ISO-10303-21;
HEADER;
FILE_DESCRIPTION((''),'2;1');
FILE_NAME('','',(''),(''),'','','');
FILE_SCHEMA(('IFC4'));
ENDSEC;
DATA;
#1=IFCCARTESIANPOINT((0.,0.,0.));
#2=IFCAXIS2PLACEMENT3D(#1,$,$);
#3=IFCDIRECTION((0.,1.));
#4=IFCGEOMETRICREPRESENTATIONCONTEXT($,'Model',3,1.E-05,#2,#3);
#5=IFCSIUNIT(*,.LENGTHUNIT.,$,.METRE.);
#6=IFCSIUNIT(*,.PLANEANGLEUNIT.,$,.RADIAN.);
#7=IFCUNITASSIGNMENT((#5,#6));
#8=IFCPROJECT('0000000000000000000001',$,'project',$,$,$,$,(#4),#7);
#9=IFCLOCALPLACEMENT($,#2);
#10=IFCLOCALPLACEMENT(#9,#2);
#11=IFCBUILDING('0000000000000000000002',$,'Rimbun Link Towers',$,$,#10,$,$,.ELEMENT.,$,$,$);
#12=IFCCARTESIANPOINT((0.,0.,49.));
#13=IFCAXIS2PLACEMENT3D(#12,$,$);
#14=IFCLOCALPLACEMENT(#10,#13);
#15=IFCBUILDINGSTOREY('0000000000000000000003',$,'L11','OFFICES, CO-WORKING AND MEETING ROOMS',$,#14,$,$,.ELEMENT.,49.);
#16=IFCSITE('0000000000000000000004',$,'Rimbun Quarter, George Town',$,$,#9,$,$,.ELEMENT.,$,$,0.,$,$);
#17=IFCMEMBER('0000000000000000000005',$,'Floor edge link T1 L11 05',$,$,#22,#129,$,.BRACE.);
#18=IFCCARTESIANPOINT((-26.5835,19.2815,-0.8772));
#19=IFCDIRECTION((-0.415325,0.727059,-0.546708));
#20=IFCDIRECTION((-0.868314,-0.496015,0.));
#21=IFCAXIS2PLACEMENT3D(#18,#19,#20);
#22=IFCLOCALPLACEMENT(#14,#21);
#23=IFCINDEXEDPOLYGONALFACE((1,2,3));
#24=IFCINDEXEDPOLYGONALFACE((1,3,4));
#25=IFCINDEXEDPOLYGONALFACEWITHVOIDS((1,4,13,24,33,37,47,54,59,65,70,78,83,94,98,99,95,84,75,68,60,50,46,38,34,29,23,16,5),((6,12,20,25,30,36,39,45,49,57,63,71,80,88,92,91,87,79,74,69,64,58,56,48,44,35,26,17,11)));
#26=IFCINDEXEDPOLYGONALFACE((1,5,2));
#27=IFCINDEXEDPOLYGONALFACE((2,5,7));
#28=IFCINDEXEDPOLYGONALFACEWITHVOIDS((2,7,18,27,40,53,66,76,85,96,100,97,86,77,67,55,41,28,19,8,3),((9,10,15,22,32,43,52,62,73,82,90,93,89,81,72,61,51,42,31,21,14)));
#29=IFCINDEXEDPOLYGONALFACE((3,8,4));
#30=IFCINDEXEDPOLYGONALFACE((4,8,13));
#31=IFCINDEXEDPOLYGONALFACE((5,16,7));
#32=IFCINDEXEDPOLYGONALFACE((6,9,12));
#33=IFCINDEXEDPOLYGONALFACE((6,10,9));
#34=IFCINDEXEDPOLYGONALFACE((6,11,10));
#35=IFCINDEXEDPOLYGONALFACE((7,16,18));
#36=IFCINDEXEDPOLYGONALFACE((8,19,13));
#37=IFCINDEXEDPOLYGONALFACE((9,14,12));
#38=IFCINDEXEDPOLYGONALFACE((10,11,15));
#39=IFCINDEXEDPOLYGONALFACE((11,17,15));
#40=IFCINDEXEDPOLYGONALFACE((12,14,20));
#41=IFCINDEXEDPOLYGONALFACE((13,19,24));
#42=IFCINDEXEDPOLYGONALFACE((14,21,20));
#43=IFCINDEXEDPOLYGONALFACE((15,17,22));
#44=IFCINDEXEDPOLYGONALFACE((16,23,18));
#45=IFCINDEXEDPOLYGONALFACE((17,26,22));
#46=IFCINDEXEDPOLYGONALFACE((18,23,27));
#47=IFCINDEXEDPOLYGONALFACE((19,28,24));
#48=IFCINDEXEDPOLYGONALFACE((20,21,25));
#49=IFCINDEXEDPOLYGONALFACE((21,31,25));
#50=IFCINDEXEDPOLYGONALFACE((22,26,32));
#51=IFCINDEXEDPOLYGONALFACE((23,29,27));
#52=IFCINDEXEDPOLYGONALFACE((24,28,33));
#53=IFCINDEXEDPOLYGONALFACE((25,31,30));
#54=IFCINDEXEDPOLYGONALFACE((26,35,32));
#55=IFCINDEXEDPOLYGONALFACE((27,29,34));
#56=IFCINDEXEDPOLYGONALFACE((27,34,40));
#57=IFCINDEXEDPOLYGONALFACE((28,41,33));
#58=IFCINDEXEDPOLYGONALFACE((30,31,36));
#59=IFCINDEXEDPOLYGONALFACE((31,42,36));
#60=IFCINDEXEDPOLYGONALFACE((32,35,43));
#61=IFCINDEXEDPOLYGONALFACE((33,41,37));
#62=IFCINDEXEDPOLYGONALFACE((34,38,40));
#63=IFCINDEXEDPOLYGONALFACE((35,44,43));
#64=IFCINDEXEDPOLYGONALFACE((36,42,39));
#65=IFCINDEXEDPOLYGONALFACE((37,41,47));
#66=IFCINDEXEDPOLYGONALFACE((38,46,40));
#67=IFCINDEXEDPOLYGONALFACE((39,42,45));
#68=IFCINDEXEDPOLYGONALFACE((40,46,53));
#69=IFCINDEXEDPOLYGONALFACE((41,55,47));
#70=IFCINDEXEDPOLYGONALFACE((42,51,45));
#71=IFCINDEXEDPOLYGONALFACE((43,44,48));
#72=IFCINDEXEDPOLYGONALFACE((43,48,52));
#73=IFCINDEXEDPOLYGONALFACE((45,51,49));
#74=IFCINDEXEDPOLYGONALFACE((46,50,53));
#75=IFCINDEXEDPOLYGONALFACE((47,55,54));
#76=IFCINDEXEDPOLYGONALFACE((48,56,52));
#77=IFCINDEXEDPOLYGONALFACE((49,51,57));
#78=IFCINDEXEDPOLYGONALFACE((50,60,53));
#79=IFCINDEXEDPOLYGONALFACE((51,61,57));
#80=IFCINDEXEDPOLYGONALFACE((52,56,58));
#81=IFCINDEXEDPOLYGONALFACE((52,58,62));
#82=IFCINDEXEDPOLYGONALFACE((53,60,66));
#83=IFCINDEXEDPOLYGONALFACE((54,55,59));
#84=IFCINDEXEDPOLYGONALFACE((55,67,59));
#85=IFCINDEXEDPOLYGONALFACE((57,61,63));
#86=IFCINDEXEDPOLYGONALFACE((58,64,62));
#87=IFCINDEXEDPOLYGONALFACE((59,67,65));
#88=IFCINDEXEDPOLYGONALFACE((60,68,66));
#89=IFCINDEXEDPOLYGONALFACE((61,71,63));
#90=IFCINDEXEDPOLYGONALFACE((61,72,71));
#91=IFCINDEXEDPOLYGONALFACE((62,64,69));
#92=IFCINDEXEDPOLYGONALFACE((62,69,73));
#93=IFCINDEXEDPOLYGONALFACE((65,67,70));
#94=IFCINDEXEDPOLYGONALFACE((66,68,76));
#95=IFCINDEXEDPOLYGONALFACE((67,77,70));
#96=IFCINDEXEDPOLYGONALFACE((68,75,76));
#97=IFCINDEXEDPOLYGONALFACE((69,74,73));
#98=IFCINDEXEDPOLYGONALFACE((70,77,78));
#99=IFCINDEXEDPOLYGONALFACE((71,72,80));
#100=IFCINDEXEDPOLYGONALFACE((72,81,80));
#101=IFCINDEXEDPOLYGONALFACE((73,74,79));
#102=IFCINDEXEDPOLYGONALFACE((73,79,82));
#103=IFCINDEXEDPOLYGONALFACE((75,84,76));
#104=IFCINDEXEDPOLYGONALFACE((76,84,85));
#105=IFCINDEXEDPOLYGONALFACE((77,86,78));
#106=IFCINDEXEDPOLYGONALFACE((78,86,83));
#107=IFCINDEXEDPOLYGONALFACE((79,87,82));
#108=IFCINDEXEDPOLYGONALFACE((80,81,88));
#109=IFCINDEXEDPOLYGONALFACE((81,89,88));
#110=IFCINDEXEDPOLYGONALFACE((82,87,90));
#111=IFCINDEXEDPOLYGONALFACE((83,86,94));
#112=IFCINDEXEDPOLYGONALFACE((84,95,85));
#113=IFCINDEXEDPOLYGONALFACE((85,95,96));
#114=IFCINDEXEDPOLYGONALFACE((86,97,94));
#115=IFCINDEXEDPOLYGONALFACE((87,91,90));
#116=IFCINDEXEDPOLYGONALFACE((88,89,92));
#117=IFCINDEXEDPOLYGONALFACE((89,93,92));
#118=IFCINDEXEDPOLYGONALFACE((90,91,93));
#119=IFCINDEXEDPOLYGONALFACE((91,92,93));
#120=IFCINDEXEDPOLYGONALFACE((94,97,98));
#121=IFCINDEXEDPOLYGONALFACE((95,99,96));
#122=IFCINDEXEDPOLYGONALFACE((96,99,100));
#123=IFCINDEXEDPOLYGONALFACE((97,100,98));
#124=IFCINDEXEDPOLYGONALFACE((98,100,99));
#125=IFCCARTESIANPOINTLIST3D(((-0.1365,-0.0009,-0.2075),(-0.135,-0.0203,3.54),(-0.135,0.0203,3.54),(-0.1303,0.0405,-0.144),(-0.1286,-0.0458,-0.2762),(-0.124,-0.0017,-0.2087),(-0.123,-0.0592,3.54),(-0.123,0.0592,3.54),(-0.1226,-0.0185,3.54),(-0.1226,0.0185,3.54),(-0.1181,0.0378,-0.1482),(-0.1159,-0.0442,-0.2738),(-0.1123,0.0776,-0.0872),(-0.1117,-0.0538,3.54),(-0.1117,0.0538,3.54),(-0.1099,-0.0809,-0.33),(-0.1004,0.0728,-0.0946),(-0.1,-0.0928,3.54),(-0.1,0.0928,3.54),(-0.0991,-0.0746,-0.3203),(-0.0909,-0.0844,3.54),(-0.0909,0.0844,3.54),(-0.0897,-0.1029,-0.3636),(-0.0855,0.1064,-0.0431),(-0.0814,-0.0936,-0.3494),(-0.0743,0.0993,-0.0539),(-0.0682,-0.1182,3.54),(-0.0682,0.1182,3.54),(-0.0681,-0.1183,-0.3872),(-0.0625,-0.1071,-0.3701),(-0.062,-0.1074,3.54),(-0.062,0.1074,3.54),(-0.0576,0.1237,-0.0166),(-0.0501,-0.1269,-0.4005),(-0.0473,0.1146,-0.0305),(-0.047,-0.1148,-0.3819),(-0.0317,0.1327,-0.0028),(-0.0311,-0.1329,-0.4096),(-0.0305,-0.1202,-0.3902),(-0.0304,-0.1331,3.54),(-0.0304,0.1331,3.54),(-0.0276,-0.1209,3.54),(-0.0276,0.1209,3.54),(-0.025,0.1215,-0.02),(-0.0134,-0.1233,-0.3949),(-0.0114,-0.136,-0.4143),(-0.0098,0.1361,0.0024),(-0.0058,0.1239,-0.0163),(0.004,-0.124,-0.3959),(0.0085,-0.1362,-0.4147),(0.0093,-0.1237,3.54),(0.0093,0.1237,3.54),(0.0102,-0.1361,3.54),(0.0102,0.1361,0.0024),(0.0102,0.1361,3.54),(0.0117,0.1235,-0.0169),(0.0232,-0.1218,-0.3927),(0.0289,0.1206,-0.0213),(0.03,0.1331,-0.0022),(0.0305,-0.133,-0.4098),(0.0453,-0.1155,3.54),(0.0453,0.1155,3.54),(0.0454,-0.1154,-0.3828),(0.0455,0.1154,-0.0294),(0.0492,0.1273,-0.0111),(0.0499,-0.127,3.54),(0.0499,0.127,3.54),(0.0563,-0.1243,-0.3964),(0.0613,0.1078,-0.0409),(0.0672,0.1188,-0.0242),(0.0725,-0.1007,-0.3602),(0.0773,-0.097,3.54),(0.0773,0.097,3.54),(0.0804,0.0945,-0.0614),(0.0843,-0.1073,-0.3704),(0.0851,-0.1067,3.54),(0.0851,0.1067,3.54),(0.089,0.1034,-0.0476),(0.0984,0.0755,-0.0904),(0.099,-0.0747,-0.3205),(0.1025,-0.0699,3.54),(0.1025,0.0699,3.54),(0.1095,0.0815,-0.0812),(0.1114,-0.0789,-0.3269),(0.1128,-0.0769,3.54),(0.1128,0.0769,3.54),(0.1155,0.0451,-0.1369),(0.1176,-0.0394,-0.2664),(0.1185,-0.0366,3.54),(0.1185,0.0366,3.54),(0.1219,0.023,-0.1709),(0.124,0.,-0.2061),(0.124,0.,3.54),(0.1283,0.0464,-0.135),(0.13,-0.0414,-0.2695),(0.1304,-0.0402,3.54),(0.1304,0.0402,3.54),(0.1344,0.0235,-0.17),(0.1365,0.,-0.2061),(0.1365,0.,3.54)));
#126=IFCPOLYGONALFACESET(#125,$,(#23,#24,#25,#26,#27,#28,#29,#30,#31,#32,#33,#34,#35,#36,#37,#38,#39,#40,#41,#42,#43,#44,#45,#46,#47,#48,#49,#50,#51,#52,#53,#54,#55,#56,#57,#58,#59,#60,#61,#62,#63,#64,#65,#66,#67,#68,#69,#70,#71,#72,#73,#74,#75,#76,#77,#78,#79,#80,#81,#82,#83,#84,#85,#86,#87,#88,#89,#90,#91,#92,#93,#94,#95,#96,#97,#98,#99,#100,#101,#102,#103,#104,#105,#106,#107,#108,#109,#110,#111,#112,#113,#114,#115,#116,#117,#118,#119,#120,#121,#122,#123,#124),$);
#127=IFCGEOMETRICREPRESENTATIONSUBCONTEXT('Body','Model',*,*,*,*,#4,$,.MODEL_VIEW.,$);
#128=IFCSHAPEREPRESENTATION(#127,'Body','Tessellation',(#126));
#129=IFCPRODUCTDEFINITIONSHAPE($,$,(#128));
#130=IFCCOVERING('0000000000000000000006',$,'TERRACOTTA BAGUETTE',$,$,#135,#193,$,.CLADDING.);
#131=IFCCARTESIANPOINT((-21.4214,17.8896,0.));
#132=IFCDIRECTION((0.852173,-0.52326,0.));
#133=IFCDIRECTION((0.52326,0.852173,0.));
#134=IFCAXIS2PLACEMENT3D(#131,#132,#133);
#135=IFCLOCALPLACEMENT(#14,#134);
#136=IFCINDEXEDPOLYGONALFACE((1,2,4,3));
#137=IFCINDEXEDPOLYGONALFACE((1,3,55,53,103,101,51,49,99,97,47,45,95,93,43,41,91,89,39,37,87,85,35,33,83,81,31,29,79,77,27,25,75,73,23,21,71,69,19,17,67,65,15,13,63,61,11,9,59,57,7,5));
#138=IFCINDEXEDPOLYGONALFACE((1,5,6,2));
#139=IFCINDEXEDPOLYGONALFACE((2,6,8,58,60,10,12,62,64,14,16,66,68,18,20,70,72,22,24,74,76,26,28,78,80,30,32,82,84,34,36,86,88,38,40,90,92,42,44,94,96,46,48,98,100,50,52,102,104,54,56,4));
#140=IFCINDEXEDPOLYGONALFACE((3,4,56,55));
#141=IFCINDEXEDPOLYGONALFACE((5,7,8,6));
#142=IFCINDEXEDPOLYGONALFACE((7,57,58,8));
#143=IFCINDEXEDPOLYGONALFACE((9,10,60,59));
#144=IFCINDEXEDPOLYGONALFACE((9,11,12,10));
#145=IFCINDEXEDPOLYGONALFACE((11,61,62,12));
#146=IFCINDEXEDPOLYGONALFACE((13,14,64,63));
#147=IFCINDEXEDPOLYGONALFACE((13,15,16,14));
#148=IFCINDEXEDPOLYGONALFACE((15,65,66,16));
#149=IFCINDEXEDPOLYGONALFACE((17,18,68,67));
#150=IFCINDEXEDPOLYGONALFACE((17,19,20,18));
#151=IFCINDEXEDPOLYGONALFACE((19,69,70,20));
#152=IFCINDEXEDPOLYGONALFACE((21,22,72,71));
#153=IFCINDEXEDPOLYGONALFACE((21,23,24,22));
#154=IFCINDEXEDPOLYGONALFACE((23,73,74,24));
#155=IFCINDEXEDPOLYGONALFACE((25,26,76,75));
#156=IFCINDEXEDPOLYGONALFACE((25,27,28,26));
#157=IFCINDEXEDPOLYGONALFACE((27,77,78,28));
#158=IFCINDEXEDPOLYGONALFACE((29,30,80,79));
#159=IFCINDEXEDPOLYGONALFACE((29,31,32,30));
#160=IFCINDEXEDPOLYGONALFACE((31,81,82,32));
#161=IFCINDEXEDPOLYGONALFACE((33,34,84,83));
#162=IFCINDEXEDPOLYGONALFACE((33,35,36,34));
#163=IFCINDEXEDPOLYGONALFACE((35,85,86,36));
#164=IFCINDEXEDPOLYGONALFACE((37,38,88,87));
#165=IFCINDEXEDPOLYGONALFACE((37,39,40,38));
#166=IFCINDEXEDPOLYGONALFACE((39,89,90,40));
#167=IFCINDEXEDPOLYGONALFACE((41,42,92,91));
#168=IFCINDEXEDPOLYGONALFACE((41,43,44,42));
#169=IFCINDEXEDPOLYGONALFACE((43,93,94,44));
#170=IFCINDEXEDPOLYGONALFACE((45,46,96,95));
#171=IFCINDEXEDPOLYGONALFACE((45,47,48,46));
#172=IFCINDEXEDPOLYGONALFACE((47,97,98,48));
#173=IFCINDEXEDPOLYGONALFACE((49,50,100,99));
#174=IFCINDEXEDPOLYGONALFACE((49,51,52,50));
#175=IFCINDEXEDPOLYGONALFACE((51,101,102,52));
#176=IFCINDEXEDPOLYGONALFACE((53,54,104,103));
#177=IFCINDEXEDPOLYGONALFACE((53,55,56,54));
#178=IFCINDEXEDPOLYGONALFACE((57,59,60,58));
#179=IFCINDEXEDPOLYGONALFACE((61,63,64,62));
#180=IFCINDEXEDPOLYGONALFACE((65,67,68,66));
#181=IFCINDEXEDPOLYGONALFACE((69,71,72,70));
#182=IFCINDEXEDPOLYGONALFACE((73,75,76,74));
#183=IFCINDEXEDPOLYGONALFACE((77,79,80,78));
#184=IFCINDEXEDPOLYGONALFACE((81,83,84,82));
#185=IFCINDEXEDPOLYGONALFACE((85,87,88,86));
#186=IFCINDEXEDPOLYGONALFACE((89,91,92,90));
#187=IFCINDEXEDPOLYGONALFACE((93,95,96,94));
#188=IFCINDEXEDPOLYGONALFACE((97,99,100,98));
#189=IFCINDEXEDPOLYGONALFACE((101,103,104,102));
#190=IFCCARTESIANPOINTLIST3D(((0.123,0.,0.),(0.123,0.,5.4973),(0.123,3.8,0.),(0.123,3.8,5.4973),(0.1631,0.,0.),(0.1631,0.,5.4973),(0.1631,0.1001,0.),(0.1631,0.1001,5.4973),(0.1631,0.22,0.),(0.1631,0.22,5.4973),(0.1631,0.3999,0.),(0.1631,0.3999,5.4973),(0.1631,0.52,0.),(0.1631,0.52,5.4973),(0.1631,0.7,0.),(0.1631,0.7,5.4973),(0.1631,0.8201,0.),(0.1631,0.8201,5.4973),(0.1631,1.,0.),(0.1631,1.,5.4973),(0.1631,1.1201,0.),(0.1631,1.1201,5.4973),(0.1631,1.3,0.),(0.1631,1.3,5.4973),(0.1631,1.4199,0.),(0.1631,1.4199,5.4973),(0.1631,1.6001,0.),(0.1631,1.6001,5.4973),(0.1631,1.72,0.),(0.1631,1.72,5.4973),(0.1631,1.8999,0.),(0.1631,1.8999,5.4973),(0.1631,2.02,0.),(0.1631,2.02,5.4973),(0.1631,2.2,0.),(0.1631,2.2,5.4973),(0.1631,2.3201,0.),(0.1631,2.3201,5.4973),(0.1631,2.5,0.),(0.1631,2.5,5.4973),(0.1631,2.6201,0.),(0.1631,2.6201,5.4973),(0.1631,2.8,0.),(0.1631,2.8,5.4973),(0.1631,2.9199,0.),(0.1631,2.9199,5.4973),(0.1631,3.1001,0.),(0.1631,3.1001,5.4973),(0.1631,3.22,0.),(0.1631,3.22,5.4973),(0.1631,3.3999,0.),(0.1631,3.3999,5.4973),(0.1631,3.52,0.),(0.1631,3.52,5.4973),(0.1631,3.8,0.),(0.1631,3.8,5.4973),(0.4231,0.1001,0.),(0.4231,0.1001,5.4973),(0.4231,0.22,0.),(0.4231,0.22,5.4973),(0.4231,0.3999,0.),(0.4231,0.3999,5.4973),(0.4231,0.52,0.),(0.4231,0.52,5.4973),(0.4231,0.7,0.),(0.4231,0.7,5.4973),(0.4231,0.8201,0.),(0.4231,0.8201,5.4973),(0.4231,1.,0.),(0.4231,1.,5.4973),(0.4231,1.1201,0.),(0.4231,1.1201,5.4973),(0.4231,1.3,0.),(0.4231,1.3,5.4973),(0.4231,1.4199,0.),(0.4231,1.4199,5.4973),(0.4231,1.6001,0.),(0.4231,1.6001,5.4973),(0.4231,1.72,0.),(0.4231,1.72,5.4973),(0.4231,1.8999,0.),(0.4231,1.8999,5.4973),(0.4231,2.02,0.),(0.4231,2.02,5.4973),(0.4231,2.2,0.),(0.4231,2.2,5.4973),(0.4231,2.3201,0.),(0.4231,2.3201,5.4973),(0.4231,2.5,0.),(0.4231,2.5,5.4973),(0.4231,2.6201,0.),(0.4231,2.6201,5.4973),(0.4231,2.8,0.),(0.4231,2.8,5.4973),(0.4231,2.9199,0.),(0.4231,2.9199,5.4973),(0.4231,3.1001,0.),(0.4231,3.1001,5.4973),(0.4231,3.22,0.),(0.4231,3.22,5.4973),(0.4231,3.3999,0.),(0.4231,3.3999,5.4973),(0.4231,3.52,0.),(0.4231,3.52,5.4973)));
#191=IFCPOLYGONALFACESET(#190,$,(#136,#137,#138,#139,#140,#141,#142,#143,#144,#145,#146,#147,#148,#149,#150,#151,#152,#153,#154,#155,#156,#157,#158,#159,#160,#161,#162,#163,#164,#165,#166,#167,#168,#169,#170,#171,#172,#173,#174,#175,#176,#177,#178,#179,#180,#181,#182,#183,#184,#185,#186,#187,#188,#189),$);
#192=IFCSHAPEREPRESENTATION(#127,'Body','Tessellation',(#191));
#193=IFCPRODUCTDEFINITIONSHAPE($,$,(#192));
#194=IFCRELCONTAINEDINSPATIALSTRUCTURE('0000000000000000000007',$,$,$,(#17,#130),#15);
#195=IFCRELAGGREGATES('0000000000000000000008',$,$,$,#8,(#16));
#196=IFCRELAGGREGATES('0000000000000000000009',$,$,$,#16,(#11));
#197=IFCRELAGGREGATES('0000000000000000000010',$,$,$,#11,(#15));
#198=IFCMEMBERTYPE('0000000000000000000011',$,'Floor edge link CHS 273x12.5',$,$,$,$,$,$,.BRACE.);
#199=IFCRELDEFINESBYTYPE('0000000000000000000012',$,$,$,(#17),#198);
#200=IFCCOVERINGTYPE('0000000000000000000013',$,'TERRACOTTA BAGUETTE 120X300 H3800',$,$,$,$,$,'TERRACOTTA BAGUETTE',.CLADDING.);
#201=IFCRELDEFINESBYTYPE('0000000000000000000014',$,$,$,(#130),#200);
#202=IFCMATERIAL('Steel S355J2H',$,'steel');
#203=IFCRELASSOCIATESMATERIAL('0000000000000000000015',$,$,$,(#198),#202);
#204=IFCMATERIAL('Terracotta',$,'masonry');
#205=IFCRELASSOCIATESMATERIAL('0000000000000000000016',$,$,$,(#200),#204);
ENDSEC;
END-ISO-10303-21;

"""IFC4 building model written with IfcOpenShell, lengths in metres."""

from ifc_helpers import new_model, si_unit, direction, frame, origin, origin_2d, place, context, subcontext, project, spatial, polyline, hollow_circle, outline, extrude, clip, halfspace, material, material_profile, profile_set, type_object, element, save


model = new_model("IFC4")

# Units and contexts
model_context = context("Model", 3, precision=1e-05, world=origin(), true_north=direction((0.0, 1.0)))
body_context = subcontext(model_context, "Body", "Model", "MODEL_VIEW")
ifc_project = project(units=[si_unit("LENGTHUNIT", "METRE"), si_unit("PLANEANGLEUNIT", "RADIAN")], contexts=[model_context])

# Site, building, storey
site_placement = place(None, origin())
site = spatial("IfcSite", under=ifc_project, at=site_placement, Name="Rimbun Quarter, George Town", CompositionType="ELEMENT", RefElevation=0.0)
building_placement = place(site_placement, origin())
building = spatial("IfcBuilding", under=site, at=building_placement, Name="Rimbun Link Towers", CompositionType="ELEMENT")
storey_placement = place(building_placement, frame((0.0, 0.0, 49.0)))
storey = spatial("IfcBuildingStorey", under=building, at=storey_placement, Name="L11", Description="OFFICES, CO-WORKING AND MEETING ROOMS", CompositionType="ELEMENT", Elevation=49.0)

# Member
ifc_material_1 = material(Name="Steel S355J2H", Category="steel")
ifc_material_profile_1 = material_profile(ifc_material_1, hollow_circle(Radius=0.1365, WallThickness=0.0125, at=origin_2d()), Name="CHS 273x12.5")
ifc_profile_set_1 = profile_set([ifc_material_profile_1], Name="Steel S355J2H")
member_type_1 = type_object("IfcMemberType", Name="Floor edge link CHS 273x12.5", PredefinedType="BRACE", material=ifc_profile_set_1)
member_1_placement = place(storey_placement, frame((-26.5835, 19.2815, -0.8772), z_axis=(-0.415325, 0.727059, -0.546708), x_axis=(-0.868314, -0.496015, 0.0)))
element("IfcMember", 1, at=member_1_placement, inside=storey, type_object=member_type_1, Name="Floor edge link T1 L11 05", PredefinedType="BRACE", context=body_context, shape_type="Clipping", body=[
    clip(extrude(hollow_circle(Radius=0.1365, WallThickness=0.0125, at=origin_2d()), frame((0.0, 0.0, -0.4363)), (0.0, 0.0, 1.0), 3.9763), halfspace(frame((0.0, 0.0, -0.2061), z_axis=(0.0, 0.837323, -0.546708)), False)),
])

# Covering
ifc_material_2 = material(Name="Terracotta", Category="masonry")
ifc_material_profile_2 = material_profile(ifc_material_2, outline(polyline([(0.123, 0.0), (0.1631, 0.0), (0.1631, 0.1001), (0.4231, 0.1001), (0.4231, 0.22), (0.1631, 0.22), (0.1631, 0.3999), (0.4231, 0.3999), (0.4231, 0.52), (0.1631, 0.52), (0.1631, 0.7), (0.4231, 0.7), (0.4231, 0.8201), (0.1631, 0.8201), (0.1631, 1.0), (0.4231, 1.0), (0.4231, 1.1201), (0.1631, 1.1201), (0.1631, 1.3), (0.4231, 1.3), (0.4231, 1.4199), (0.1631, 1.4199), (0.1631, 1.6001), (0.4231, 1.6001), (0.4231, 1.72), (0.1631, 1.72), (0.1631, 1.8999), (0.4231, 1.8999), (0.4231, 2.02), (0.1631, 2.02), (0.1631, 2.2), (0.4231, 2.2), (0.4231, 2.3201), (0.1631, 2.3201), (0.1631, 2.5), (0.4231, 2.5), (0.4231, 2.6201), (0.1631, 2.6201), (0.1631, 2.8), (0.4231, 2.8), (0.4231, 2.9199), (0.1631, 2.9199), (0.1631, 3.1001), (0.4231, 3.1001), (0.4231, 3.22), (0.1631, 3.22), (0.1631, 3.3999), (0.4231, 3.3999), (0.4231, 3.52), (0.1631, 3.52), (0.1631, 3.8), (0.123, 3.8), (0.123, 0.0)])), Name="BAGUETTE 120X300")
ifc_profile_set_2 = profile_set([ifc_material_profile_2], Name="Terracotta")
covering_type = type_object("IfcCoveringType", Name="TERRACOTTA BAGUETTE 120X300 H3800", ElementType="TERRACOTTA BAGUETTE", PredefinedType="CLADDING", material=ifc_profile_set_2)
covering_1_placement = place(storey_placement, frame((-21.4214, 17.8896, 0.0), z_axis=(0.852173, -0.52326, 0.0), x_axis=(0.52326, 0.852173, 0.0)))
element("IfcCovering", 2, at=covering_1_placement, inside=storey, type_object=covering_type, Name="TERRACOTTA BAGUETTE", PredefinedType="CLADDING", context=body_context, shape_type="SweptSolid", body=[
    extrude(outline(polyline([(0.123, 0.0), (0.1631, 0.0), (0.1631, 0.1001), (0.4231, 0.1001), (0.4231, 0.22), (0.1631, 0.22), (0.1631, 0.3999), (0.4231, 0.3999), (0.4231, 0.52), (0.1631, 0.52), (0.1631, 0.7), (0.4231, 0.7), (0.4231, 0.8201), (0.1631, 0.8201), (0.1631, 1.0), (0.4231, 1.0), (0.4231, 1.1201), (0.1631, 1.1201), (0.1631, 1.3), (0.4231, 1.3), (0.4231, 1.4199), (0.1631, 1.4199), (0.1631, 1.6001), (0.4231, 1.6001), (0.4231, 1.72), (0.1631, 1.72), (0.1631, 1.8999), (0.4231, 1.8999), (0.4231, 2.02), (0.1631, 2.02), (0.1631, 2.2), (0.4231, 2.2), (0.4231, 2.3201), (0.1631, 2.3201), (0.1631, 2.5), (0.4231, 2.5), (0.4231, 2.6201), (0.1631, 2.6201), (0.1631, 2.8), (0.4231, 2.8), (0.4231, 2.9199), (0.1631, 2.9199), (0.1631, 3.1001), (0.4231, 3.1001), (0.4231, 3.22), (0.1631, 3.22), (0.1631, 3.3999), (0.4231, 3.3999), (0.4231, 3.52), (0.1631, 3.52), (0.1631, 3.8), (0.123, 3.8), (0.123, 0.0)])), origin(), (0.0, 0.0, 1.0), 5.4973),
])

save(model, "model.ifc")
